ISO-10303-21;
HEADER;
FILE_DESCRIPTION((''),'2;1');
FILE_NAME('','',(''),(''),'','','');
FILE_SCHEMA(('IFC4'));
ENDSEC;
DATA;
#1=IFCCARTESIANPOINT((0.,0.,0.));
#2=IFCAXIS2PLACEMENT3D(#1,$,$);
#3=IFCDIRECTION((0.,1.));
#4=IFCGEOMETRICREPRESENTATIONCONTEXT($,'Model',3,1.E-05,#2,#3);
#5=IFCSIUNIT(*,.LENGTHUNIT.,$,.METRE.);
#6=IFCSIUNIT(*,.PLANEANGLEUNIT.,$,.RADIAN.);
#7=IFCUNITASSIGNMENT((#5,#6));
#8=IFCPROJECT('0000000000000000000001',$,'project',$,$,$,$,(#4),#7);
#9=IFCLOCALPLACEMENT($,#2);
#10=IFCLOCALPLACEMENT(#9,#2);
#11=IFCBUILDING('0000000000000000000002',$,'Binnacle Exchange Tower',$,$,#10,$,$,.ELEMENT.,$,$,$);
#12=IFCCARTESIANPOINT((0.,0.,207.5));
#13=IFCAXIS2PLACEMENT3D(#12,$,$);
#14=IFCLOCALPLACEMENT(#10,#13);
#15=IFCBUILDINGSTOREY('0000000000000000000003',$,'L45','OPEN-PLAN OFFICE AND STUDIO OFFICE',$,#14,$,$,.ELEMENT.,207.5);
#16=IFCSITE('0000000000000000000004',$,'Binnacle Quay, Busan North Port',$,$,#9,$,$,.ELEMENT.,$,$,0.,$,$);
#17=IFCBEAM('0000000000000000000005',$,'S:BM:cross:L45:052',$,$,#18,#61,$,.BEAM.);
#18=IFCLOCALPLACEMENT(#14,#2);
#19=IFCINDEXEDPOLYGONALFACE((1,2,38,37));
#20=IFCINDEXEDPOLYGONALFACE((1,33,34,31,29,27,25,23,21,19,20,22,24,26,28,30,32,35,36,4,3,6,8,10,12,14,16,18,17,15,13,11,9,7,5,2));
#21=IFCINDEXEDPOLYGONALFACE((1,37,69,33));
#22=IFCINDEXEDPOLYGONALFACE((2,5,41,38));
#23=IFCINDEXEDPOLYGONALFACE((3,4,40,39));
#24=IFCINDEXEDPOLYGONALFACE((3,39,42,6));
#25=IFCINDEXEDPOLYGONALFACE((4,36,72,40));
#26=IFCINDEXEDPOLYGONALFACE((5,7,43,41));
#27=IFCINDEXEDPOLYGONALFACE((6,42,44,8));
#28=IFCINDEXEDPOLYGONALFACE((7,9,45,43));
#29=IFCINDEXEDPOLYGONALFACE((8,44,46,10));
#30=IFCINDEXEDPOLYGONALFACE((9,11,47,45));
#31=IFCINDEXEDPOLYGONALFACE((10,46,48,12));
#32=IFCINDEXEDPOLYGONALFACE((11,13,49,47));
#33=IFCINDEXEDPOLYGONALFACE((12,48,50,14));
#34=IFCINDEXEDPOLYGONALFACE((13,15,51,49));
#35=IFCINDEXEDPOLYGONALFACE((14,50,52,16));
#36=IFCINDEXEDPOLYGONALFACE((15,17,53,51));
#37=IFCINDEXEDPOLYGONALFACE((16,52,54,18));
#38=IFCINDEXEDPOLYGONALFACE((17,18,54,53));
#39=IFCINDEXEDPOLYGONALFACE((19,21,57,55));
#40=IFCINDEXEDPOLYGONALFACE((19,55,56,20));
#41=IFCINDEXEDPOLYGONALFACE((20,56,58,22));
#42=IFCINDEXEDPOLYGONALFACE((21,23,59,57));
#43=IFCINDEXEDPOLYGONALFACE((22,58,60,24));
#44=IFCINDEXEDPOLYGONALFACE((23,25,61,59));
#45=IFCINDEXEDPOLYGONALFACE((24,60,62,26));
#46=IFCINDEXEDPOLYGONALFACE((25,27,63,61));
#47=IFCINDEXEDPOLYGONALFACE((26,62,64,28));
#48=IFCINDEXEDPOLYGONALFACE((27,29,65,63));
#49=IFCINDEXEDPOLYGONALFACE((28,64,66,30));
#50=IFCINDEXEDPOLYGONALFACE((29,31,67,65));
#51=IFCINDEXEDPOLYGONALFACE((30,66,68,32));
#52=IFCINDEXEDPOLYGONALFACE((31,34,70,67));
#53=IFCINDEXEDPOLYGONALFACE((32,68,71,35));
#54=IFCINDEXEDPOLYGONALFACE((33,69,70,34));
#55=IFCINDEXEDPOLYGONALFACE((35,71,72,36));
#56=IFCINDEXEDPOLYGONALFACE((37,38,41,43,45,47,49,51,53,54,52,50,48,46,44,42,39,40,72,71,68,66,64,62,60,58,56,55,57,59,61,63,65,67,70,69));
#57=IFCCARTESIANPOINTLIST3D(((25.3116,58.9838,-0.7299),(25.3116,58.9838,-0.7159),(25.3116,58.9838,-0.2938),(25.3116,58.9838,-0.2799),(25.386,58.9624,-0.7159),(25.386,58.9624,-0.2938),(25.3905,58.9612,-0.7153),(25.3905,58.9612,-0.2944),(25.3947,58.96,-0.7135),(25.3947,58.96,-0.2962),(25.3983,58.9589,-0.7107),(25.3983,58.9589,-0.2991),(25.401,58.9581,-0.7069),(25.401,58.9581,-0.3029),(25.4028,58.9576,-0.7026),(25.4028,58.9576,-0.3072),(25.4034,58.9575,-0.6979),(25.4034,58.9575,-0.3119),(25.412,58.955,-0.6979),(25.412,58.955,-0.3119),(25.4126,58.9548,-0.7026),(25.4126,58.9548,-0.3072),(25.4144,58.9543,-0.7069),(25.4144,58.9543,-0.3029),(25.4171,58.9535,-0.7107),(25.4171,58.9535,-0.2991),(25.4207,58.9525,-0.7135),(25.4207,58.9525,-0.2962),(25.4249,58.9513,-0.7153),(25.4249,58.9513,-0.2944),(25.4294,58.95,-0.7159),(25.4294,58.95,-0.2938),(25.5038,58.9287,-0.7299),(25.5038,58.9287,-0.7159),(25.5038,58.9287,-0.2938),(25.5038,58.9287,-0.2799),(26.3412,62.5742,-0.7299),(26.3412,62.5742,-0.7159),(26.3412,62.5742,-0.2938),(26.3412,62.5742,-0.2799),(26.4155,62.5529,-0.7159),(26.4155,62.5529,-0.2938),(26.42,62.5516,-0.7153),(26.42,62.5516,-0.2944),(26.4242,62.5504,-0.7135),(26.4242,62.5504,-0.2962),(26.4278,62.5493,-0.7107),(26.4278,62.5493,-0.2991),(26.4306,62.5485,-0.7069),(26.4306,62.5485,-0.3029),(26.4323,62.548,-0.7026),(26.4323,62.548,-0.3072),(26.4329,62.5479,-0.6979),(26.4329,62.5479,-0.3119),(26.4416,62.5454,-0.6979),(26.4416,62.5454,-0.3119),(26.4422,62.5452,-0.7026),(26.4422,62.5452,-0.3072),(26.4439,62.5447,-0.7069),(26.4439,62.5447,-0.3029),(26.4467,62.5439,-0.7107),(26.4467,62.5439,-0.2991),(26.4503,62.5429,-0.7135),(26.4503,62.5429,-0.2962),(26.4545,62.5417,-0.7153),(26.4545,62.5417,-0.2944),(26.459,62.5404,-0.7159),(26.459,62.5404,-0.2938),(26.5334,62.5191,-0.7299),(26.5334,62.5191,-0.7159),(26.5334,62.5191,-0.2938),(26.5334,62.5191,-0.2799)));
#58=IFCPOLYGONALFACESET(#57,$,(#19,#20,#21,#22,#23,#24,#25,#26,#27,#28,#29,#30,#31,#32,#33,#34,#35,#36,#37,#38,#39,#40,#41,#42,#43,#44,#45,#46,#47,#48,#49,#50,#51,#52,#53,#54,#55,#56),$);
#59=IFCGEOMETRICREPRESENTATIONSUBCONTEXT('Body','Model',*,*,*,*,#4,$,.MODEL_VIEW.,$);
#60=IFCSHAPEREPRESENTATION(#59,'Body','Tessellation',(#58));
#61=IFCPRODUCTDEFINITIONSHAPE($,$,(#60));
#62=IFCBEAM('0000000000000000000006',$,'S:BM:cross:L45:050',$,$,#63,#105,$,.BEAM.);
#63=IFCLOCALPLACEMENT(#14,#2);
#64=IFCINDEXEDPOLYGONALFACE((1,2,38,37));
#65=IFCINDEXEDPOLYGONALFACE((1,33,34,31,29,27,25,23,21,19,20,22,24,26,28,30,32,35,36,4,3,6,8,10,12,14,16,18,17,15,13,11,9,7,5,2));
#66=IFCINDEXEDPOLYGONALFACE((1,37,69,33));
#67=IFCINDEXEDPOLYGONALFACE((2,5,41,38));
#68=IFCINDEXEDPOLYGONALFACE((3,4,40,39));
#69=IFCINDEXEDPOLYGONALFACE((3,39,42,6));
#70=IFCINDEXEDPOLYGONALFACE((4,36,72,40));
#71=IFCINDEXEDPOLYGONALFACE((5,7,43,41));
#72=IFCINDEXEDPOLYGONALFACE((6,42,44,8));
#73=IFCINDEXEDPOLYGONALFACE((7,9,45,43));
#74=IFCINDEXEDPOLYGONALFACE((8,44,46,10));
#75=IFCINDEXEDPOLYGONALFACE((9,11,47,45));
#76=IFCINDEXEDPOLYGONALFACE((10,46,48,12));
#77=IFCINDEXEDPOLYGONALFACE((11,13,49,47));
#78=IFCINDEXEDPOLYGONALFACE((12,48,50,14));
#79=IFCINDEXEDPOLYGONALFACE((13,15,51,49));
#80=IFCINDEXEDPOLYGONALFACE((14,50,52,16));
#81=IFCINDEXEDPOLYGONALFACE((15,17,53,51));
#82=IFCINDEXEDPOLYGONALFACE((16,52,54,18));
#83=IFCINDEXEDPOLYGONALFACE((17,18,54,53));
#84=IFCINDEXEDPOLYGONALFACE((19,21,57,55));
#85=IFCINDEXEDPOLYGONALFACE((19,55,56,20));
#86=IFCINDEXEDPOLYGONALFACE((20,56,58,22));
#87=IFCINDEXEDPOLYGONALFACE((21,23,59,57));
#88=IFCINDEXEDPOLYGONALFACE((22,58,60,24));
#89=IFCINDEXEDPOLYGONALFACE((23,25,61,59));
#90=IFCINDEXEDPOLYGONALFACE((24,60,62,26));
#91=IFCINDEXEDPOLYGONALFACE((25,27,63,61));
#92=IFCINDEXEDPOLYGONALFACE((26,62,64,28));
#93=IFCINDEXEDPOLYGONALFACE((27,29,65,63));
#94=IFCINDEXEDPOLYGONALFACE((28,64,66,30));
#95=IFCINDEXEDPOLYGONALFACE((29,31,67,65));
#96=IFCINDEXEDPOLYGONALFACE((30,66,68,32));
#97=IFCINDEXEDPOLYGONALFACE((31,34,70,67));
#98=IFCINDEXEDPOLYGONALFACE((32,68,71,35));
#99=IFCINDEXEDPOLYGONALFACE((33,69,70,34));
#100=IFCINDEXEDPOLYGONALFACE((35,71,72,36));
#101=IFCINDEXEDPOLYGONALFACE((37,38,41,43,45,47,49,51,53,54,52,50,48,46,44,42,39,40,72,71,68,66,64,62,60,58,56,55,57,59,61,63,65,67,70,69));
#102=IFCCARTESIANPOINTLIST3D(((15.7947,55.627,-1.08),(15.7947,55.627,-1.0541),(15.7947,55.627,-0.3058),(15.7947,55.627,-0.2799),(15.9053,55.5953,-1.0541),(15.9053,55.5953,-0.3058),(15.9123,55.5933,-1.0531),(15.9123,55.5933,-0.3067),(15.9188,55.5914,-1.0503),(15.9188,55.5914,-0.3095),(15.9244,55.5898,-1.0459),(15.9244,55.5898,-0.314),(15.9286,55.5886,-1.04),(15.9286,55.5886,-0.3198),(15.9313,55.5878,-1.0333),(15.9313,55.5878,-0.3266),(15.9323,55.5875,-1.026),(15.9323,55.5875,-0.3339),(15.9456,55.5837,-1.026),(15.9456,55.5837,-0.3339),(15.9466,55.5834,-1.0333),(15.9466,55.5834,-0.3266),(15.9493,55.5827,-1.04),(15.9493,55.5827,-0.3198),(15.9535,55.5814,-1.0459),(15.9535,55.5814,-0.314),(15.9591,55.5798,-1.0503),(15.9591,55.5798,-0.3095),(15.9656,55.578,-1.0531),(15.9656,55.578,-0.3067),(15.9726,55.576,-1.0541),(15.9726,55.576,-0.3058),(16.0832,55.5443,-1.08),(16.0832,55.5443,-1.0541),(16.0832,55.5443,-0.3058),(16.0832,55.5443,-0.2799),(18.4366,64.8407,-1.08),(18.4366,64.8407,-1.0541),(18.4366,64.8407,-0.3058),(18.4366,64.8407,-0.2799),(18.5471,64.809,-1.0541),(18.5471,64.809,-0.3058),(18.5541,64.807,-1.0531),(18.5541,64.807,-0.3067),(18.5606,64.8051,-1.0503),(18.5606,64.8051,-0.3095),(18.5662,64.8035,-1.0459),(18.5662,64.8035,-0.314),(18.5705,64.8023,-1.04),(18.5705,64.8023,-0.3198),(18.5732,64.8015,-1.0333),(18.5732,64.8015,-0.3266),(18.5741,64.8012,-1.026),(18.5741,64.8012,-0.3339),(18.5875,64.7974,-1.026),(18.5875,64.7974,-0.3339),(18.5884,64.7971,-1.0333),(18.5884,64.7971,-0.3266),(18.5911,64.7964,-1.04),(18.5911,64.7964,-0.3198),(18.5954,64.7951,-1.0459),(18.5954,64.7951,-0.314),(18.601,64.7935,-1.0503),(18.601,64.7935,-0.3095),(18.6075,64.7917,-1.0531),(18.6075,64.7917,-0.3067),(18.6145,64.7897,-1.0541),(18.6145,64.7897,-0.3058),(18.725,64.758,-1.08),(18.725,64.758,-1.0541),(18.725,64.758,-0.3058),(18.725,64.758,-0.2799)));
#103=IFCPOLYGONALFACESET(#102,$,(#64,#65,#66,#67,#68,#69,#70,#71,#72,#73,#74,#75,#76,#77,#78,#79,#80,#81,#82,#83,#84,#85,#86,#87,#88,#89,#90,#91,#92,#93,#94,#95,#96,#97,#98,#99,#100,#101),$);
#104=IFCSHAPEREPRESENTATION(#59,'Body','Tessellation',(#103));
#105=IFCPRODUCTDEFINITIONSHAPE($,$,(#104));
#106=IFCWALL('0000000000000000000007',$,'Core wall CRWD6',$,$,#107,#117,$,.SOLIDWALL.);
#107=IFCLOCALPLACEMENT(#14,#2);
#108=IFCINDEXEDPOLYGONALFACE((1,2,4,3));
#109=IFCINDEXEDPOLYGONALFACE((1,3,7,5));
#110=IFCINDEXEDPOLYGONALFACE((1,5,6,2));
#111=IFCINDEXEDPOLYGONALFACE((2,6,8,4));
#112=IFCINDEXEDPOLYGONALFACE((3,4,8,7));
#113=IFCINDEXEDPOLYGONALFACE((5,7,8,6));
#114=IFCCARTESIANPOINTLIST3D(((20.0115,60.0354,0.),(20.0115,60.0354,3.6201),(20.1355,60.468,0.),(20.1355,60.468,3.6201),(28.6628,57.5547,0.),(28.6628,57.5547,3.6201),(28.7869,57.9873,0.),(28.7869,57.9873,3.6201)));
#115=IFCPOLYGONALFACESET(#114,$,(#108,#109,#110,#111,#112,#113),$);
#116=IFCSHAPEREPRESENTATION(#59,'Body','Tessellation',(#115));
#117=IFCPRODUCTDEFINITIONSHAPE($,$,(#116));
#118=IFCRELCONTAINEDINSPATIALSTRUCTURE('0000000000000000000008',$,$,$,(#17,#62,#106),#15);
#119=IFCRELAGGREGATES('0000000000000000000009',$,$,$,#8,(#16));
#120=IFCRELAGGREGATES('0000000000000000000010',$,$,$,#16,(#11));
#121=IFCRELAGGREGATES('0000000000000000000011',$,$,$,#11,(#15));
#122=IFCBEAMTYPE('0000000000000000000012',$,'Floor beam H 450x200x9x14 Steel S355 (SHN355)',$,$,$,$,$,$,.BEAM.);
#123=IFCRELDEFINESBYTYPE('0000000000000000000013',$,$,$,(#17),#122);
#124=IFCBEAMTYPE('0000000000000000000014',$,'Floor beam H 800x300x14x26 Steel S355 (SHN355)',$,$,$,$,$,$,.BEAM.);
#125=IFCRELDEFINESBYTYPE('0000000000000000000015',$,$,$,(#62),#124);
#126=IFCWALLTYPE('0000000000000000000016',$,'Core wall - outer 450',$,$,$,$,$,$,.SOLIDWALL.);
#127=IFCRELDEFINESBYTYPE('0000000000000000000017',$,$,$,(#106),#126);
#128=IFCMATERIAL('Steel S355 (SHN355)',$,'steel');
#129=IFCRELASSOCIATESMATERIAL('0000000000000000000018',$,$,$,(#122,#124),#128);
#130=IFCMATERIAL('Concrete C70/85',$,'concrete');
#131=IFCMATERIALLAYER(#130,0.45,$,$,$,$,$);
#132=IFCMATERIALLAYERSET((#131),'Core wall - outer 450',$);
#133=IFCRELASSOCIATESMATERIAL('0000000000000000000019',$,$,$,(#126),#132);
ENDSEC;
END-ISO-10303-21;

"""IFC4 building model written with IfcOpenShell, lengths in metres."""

from ifc_helpers import new_model, si_unit, direction, frame, frame_2d, origin, origin_2d, place, context, subcontext, project, spatial, rectangle, i_section, extrude, material, layer, layer_set, material_profile, profile_set, type_object, element, save


model = new_model("IFC4")

# Units and contexts
model_context = context("Model", 3, precision=1e-05, world=origin(), true_north=direction((0.0, 1.0)))
body_context = subcontext(model_context, "Body", "Model", "MODEL_VIEW")
ifc_project = project(units=[si_unit("LENGTHUNIT", "METRE"), si_unit("PLANEANGLEUNIT", "RADIAN")], contexts=[model_context])

# Site, building, storey
site_placement = place(None, origin())
site = spatial("IfcSite", under=ifc_project, at=site_placement, Name="Binnacle Quay, Busan North Port", CompositionType="ELEMENT", RefElevation=0.0)
building_placement = place(site_placement, origin())
building = spatial("IfcBuilding", under=site, at=building_placement, Name="Binnacle Exchange Tower", CompositionType="ELEMENT")
storey_placement = place(building_placement, frame((0.0, 0.0, 207.5)))
storey = spatial("IfcBuildingStorey", under=building, at=storey_placement, Name="L45", Description="OPEN-PLAN OFFICE AND STUDIO OFFICE", CompositionType="ELEMENT", Elevation=207.5)

# Beams
ifc_material_1 = material(Name="Steel S355 (SHN355)", Category="steel")
ifc_material_profile_1 = material_profile(ifc_material_1, i_section(OverallWidth=0.2, OverallDepth=0.45, WebThickness=0.009, FlangeThickness=0.0139, FilletRadius=0.0181, at=origin_2d()), Name="H 450x200x9x14")
ifc_profile_set_1 = profile_set([ifc_material_profile_1], Name="Steel S355 (SHN355)")
beam_type_1 = type_object("IfcBeamType", Name="Floor beam H 450x200x9x14 Steel S355 (SHN355)", PredefinedType="BEAM", material=ifc_profile_set_1)
beam_1_placement = place(storey_placement, frame((26.4373, 62.5466, -0.5049), z_axis=(-0.275645, -0.96126, 0.0), x_axis=(0.96126, -0.275645, 0.0)))
element("IfcBeam", 1, at=beam_1_placement, inside=storey, type_object=beam_type_1, Name="S:BM:cross:L45:052", PredefinedType="BEAM", context=body_context, shape_type="SweptSolid", body=[
    extrude(i_section(OverallWidth=0.2, OverallDepth=0.45, WebThickness=0.009, FlangeThickness=0.0139, FilletRadius=0.0181, at=origin_2d()), origin(), (0.0, 0.0, 1.0), 3.7351),
])
ifc_material_profile_2 = material_profile(ifc_material_1, i_section(OverallWidth=0.3, OverallDepth=0.8, WebThickness=0.0139, FlangeThickness=0.0259, FilletRadius=0.0281, at=origin_2d()), Name="H 800x300x14x26")
ifc_profile_set_2 = profile_set([ifc_material_profile_2], Name="Steel S355 (SHN355)")
beam_type_2 = type_object("IfcBeamType", Name="Floor beam H 800x300x14x26 Steel S355 (SHN355)", PredefinedType="BEAM", material=ifc_profile_set_2)
beam_2_placement = place(storey_placement, frame((18.5808, 64.7993, -0.6799), z_axis=(-0.275626, -0.961265, 0.0), x_axis=(0.961265, -0.275626, 0.0)))
element("IfcBeam", 2, at=beam_2_placement, inside=storey, type_object=beam_type_2, Name="S:BM:cross:L45:050", PredefinedType="BEAM", context=body_context, shape_type="SweptSolid", body=[
    extrude(i_section(OverallWidth=0.3, OverallDepth=0.8, WebThickness=0.0139, FlangeThickness=0.0259, FilletRadius=0.0281, at=origin_2d()), origin(), (0.0, 0.0, 1.0), 9.585),
])

# Wall
ifc_material_2 = material(Name="Concrete C70/85", Category="concrete")
ifc_layer_1 = layer(ifc_material_2, 0.45)
ifc_layer_set_1 = layer_set([ifc_layer_1], Name="Core wall - outer 450")
wall_type_1 = type_object("IfcWallType", Name="Core wall - outer 450", PredefinedType="SOLIDWALL", material=ifc_layer_set_1)
wall_1_placement = place(storey_placement, frame((20.0735, 60.2517, 0.0), z_axis=(0.0, 0.0, 1.0), x_axis=(0.961262, -0.275635, 0.0)))
element("IfcWall", 3, at=wall_1_placement, inside=storey, type_object=wall_type_1, Name="Core wall CRWD6", PredefinedType="SOLIDWALL", context=body_context, shape_type="SweptSolid", body=[
    extrude(rectangle(XDim=9.0, YDim=0.45, at=frame_2d((4.5, 0.0))), origin(), (0.0, 0.0, 1.0), 3.6201),
])

save(model, "model.ifc")
